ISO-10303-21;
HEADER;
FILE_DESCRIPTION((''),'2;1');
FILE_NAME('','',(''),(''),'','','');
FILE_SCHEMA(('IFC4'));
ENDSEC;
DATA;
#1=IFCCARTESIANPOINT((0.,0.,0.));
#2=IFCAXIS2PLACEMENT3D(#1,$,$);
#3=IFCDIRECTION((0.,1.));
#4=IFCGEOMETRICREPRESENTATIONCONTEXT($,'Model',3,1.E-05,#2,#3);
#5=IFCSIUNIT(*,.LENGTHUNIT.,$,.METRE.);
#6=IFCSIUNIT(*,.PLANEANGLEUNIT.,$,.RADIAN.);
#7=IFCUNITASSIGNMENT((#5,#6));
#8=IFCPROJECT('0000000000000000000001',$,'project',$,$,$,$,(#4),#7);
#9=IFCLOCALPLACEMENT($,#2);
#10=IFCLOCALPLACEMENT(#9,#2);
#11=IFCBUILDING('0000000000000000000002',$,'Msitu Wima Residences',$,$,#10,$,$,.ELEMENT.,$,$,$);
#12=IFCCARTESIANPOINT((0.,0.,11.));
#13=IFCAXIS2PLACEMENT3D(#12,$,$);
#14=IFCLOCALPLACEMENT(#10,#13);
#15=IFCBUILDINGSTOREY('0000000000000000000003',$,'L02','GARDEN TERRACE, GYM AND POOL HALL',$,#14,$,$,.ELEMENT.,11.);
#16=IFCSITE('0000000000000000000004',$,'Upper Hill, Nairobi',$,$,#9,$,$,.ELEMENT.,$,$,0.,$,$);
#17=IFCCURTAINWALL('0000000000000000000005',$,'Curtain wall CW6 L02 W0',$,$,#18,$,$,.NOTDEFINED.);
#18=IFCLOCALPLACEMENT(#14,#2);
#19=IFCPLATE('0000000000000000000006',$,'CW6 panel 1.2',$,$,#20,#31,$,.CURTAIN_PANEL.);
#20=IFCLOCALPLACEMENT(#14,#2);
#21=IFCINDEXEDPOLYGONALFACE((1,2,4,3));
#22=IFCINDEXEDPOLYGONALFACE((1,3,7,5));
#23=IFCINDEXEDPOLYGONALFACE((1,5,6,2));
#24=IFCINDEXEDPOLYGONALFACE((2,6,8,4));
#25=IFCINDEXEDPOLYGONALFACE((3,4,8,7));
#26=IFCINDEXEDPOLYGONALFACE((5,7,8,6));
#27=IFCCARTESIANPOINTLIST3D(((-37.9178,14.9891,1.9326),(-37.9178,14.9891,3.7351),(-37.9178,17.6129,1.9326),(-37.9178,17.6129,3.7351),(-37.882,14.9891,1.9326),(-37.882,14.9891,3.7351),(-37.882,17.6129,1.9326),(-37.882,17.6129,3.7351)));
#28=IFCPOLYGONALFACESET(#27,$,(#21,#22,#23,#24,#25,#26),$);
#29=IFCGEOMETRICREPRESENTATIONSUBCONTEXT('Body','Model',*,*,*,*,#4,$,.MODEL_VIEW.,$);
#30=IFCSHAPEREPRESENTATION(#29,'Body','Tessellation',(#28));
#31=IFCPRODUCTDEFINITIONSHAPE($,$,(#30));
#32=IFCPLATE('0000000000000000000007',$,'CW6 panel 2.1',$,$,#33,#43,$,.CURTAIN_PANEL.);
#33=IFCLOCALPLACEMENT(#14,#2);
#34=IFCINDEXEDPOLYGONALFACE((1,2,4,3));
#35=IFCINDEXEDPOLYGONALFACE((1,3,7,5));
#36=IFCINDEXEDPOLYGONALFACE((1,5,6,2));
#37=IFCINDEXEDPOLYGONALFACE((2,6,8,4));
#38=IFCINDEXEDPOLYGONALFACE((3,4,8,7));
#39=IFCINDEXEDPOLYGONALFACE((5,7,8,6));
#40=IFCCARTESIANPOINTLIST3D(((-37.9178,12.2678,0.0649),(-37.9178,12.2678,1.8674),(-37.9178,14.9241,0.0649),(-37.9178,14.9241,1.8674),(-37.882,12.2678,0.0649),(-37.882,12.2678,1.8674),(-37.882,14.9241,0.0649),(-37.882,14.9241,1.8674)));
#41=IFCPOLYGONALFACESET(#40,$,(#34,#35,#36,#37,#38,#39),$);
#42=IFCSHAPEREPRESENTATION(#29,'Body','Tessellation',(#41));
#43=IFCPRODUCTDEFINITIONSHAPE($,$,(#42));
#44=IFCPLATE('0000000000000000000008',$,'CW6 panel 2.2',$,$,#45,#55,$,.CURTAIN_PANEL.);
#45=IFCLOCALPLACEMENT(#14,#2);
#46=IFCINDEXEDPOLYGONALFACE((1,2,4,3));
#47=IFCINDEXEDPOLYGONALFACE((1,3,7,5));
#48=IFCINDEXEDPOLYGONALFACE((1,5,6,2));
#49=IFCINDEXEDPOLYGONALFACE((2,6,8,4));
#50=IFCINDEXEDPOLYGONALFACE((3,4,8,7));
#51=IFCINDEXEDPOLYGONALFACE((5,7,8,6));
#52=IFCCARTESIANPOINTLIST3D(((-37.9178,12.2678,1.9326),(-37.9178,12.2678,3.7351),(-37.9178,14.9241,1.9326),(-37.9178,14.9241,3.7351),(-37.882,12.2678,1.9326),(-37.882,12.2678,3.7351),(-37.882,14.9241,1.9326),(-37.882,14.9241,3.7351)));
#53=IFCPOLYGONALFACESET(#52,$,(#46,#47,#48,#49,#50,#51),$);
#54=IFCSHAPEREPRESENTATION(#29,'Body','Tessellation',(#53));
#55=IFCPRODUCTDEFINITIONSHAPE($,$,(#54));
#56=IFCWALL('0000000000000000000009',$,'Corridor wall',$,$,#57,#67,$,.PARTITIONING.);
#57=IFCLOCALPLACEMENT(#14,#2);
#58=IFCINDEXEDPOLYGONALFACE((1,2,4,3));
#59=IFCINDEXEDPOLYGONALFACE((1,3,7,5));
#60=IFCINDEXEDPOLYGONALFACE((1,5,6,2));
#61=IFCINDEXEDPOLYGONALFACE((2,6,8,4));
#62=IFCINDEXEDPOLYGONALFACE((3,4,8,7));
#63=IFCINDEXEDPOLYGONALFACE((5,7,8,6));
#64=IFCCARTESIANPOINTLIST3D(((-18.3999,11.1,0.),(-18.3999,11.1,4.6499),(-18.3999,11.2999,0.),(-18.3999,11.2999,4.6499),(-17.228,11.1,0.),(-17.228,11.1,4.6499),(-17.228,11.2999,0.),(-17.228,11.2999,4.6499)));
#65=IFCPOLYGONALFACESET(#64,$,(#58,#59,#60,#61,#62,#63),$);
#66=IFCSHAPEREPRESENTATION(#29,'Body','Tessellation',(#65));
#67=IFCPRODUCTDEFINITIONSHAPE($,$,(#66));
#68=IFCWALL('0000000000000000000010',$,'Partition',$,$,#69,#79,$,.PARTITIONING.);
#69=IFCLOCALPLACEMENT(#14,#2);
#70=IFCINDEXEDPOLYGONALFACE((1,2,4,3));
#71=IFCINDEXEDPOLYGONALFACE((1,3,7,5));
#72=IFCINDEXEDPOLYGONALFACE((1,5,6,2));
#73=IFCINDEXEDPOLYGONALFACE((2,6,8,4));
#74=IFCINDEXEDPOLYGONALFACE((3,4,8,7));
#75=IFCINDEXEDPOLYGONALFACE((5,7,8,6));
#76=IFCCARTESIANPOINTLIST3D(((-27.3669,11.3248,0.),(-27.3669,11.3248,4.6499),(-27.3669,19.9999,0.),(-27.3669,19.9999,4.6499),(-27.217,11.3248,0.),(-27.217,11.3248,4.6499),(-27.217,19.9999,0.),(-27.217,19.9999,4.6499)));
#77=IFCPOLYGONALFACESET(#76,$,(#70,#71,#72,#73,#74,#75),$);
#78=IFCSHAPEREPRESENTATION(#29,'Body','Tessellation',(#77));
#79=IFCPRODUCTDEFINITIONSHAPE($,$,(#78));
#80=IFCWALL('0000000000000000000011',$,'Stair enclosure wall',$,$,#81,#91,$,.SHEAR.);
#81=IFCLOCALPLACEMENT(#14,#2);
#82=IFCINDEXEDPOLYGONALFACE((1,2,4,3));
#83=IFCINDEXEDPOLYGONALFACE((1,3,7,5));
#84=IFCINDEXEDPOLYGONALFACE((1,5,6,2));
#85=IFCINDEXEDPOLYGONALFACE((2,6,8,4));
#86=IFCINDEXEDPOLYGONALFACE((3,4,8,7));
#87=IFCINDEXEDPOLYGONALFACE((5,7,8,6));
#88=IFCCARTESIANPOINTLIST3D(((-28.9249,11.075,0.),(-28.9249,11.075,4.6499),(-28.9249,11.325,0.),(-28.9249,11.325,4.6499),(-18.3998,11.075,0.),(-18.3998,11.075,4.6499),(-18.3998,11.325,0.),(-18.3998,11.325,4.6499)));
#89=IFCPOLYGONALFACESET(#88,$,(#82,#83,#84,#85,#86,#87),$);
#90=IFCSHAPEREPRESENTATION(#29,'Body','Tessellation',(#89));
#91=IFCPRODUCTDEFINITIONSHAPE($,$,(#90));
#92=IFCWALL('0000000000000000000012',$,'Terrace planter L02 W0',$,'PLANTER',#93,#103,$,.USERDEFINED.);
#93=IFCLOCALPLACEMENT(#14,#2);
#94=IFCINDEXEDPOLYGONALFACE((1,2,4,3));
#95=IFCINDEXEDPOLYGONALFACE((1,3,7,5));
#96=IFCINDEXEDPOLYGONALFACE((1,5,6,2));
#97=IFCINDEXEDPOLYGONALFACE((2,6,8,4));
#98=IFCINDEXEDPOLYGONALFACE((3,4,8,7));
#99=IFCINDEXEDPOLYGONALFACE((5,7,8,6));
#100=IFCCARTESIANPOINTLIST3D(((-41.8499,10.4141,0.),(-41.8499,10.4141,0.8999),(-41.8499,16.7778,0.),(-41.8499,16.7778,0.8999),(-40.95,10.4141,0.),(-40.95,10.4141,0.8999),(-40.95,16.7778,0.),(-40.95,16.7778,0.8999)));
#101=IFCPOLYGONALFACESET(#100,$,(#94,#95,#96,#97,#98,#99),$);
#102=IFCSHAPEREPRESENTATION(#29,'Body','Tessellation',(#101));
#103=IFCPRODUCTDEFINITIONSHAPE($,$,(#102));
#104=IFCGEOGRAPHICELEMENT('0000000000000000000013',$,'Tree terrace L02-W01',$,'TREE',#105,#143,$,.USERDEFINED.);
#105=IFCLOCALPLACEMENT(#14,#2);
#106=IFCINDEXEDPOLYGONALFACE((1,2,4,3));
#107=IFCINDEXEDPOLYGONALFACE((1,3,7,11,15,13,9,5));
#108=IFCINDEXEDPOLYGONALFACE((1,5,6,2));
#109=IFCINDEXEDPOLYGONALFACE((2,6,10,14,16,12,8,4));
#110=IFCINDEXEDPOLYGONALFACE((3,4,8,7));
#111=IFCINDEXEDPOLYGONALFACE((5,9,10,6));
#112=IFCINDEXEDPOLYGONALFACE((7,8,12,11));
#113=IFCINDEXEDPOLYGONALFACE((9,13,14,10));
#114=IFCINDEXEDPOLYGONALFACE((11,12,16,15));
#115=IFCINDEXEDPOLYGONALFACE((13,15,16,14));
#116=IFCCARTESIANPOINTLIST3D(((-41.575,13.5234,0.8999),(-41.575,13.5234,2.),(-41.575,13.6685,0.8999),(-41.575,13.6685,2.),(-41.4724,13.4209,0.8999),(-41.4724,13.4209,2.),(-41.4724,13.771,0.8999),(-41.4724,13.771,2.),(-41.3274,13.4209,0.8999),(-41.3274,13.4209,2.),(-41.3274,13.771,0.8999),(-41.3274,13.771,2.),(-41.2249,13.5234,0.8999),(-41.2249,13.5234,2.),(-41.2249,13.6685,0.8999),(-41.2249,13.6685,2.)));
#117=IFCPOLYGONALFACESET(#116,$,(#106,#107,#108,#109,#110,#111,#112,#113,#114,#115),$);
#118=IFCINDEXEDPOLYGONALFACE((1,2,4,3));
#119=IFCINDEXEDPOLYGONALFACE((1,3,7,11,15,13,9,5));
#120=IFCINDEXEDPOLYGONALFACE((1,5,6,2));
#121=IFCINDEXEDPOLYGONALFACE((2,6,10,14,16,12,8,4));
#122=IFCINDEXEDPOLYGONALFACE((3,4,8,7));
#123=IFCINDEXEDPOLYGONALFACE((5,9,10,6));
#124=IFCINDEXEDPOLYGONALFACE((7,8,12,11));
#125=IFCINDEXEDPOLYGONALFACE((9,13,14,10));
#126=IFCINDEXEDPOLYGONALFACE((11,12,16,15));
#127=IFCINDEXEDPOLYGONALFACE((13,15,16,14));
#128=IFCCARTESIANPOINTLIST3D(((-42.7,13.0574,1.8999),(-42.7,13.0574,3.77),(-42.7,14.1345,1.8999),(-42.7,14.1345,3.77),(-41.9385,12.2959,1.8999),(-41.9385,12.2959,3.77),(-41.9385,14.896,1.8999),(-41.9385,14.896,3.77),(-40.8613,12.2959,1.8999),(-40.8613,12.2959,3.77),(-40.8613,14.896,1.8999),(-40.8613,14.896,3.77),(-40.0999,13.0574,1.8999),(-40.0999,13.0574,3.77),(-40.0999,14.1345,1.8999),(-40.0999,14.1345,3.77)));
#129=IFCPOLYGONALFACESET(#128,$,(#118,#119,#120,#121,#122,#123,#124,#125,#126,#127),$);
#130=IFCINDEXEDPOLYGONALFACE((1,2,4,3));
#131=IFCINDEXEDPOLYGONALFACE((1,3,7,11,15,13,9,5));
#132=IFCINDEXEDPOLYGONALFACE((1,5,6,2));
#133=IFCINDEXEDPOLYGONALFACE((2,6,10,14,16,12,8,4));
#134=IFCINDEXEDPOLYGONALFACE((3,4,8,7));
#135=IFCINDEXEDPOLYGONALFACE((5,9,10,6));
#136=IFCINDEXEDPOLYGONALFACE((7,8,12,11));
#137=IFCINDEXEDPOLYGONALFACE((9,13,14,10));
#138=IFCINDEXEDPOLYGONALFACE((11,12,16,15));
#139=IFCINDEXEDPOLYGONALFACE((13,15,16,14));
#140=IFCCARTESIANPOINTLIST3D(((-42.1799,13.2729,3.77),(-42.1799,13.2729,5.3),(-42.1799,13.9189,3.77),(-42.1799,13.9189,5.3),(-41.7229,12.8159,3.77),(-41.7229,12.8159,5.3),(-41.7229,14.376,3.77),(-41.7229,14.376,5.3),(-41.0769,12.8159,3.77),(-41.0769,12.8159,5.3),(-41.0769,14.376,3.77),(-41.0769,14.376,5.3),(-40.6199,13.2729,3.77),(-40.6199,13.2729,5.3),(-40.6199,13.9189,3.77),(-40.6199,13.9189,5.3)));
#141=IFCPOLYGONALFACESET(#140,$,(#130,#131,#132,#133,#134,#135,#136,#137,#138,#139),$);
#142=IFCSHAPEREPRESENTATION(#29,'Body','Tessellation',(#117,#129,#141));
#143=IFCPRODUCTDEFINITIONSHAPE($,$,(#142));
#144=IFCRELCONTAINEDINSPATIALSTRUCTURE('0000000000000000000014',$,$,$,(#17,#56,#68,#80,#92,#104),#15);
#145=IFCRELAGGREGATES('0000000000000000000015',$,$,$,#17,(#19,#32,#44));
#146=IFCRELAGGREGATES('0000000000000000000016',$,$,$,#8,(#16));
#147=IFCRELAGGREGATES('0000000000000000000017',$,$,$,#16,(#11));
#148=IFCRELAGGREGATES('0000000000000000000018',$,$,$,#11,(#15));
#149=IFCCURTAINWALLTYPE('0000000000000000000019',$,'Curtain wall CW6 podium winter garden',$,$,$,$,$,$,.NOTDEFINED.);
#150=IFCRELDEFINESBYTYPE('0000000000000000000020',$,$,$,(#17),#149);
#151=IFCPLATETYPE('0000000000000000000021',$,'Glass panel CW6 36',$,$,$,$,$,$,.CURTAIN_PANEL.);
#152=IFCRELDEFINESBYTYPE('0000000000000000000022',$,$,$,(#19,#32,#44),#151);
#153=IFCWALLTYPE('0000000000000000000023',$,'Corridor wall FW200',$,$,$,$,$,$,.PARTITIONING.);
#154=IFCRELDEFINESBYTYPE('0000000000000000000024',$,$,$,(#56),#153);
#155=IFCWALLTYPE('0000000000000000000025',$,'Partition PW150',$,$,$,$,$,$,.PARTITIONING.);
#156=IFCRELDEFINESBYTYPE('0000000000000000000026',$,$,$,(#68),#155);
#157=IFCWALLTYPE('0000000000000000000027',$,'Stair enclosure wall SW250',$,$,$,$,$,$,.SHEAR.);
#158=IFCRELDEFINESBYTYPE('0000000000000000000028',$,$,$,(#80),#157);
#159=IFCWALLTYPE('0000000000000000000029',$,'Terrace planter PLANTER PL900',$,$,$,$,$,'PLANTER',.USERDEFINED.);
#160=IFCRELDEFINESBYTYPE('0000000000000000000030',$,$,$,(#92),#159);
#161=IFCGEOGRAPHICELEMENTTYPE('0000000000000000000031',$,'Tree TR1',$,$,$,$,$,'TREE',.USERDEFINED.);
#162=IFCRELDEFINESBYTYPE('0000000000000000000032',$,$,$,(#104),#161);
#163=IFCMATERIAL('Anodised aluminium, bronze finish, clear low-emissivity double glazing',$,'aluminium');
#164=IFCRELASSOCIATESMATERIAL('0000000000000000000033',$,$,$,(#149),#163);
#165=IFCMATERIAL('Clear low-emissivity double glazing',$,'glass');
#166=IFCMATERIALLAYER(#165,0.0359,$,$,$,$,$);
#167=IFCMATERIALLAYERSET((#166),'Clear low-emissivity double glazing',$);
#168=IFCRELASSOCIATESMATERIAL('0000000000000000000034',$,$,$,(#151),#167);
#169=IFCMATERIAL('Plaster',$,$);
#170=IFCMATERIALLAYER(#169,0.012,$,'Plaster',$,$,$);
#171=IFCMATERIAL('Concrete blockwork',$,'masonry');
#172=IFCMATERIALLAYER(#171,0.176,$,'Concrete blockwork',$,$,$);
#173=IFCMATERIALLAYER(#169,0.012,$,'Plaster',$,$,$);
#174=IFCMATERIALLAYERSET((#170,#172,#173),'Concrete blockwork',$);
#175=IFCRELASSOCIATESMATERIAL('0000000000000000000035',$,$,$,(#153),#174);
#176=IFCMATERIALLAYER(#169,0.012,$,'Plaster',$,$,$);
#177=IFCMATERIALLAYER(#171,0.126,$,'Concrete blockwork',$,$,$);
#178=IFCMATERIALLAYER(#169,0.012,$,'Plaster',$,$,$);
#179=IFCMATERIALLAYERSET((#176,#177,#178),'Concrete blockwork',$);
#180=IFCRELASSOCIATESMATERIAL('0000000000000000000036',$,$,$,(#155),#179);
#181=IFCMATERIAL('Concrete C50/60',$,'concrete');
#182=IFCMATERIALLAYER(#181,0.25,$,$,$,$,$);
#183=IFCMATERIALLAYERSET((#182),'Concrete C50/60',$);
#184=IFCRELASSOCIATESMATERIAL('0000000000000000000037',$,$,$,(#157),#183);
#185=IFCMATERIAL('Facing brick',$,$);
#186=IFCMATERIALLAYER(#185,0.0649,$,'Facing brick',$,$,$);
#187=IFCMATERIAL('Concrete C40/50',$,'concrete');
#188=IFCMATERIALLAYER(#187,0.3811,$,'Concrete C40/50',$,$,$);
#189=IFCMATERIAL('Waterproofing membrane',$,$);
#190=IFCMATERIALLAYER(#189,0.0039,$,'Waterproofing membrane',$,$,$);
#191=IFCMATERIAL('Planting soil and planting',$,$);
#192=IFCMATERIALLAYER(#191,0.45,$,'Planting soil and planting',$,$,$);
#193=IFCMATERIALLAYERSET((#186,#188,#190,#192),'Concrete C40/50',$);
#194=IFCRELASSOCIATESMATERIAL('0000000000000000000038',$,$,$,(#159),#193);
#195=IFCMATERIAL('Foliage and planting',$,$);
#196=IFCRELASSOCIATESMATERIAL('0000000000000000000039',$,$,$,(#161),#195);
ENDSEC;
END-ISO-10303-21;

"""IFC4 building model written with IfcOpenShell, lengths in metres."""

from ifc_helpers import new_model, si_unit, direction, frame, frame_2d, origin, origin_2d, place, context, subcontext, project, spatial, polyline, rectangle, outline, extrude, material, layer, layer_set, type_object, element, aggregate, save


model = new_model("IFC4")

# Units and contexts
model_context = context("Model", 3, precision=1e-05, world=origin(), true_north=direction((0.0, 1.0)))
body_context = subcontext(model_context, "Body", "Model", "MODEL_VIEW")
ifc_project = project(units=[si_unit("LENGTHUNIT", "METRE"), si_unit("PLANEANGLEUNIT", "RADIAN")], contexts=[model_context])

# Site, building, storey
site_placement = place(None, origin())
site = spatial("IfcSite", under=ifc_project, at=site_placement, Name="Upper Hill, Nairobi", CompositionType="ELEMENT", RefElevation=0.0)
building_placement = place(site_placement, origin())
building = spatial("IfcBuilding", under=site, at=building_placement, Name="Msitu Wima Residences", CompositionType="ELEMENT")
storey_placement = place(building_placement, frame((0.0, 0.0, 11.0)))
storey = spatial("IfcBuildingStorey", under=building, at=storey_placement, Name="L02", Description="GARDEN TERRACE, GYM AND POOL HALL", CompositionType="ELEMENT", Elevation=11.0)

# Curtain wall
ifc_material_1 = material(Name="Anodised aluminium, bronze finish, clear low-emissivity double glazing", Category="aluminium")
curtain_wall_type = type_object("IfcCurtainWallType", Name="Curtain wall CW6 podium winter garden", PredefinedType="NOTDEFINED", material=ifc_material_1)
curtain_wall_placement = place(storey_placement, origin())
curtain_wall = element("IfcCurtainWall", 1, at=curtain_wall_placement, inside=storey, type_object=curtain_wall_type, Name="Curtain wall CW6 L02 W0", PredefinedType="NOTDEFINED")

# Plates
ifc_material_2 = material(Name="Clear low-emissivity double glazing", Category="glass")
ifc_layer_1 = layer(ifc_material_2, 0.0359)
ifc_layer_set_1 = layer_set([ifc_layer_1], Name="Clear low-emissivity double glazing")
plate_type = type_object("IfcPlateType", Name="Glass panel CW6 36", PredefinedType="CURTAIN_PANEL", material=ifc_layer_set_1)
plate_1_placement = place(storey_placement, frame((-37.8999, 16.301, 1.9326), z_axis=(0.0, 0.0, 1.0), x_axis=(0.0, -1.0, 0.0)))
plate_1 = element("IfcPlate", 2, at=plate_1_placement, type_object=plate_type, Name="CW6 panel 1.2", PredefinedType="CURTAIN_PANEL", context=body_context, shape_type="SweptSolid", body=[
    extrude(rectangle(XDim=2.6238, YDim=0.0359, at=origin_2d()), origin(), (0.0, 0.0, 1.0), 1.8025),
])
plate_2_placement = place(storey_placement, frame((-37.8999, 13.5959, 0.0649), z_axis=(0.0, 0.0, 1.0), x_axis=(0.0, -1.0, 0.0)))
plate_2 = element("IfcPlate", 3, at=plate_2_placement, type_object=plate_type, Name="CW6 panel 2.1", PredefinedType="CURTAIN_PANEL", context=body_context, shape_type="SweptSolid", body=[
    extrude(rectangle(XDim=2.6562, YDim=0.0359, at=origin_2d()), origin(), (0.0, 0.0, 1.0), 1.8025),
])
plate_3_placement = place(storey_placement, frame((-37.8999, 13.5959, 1.9326), z_axis=(0.0, 0.0, 1.0), x_axis=(0.0, -1.0, 0.0)))
plate_3 = element("IfcPlate", 4, at=plate_3_placement, type_object=plate_type, Name="CW6 panel 2.2", PredefinedType="CURTAIN_PANEL", context=body_context, shape_type="SweptSolid", body=[
    extrude(rectangle(XDim=2.6562, YDim=0.0359, at=origin_2d()), origin(), (0.0, 0.0, 1.0), 1.8025),
])
aggregate(curtain_wall, [plate_1, plate_2, plate_3])

# Walls
ifc_material_3 = material(Name="Plaster")
ifc_layer_2 = layer(ifc_material_3, 0.012, Name="Plaster")
ifc_material_4 = material(Name="Concrete blockwork", Category="masonry")
ifc_layer_3 = layer(ifc_material_4, 0.176, Name="Concrete blockwork")
ifc_layer_4 = layer(ifc_material_3, 0.012, Name="Plaster")
ifc_layer_set_2 = layer_set([ifc_layer_2, ifc_layer_3, ifc_layer_4], Name="Concrete blockwork")
wall_type_1 = type_object("IfcWallType", Name="Corridor wall FW200", PredefinedType="PARTITIONING", material=ifc_layer_set_2)
wall_1_placement = place(storey_placement, frame((-18.3999, 11.2, 0.0), z_axis=(0.0, 0.0, 1.0), x_axis=(1.0, 0.0, 0.0)))
element("IfcWall", 5, at=wall_1_placement, inside=storey, type_object=wall_type_1, Name="Corridor wall", PredefinedType="PARTITIONING", context=body_context, shape_type="SweptSolid", body=[
    extrude(rectangle(XDim=1.1719, YDim=0.2, at=frame_2d((0.5859, 0.0))), origin(), (0.0, 0.0, 1.0), 4.6499),
])
ifc_layer_5 = layer(ifc_material_3, 0.012, Name="Plaster")
ifc_layer_6 = layer(ifc_material_4, 0.126, Name="Concrete blockwork")
ifc_layer_7 = layer(ifc_material_3, 0.012, Name="Plaster")
ifc_layer_set_3 = layer_set([ifc_layer_5, ifc_layer_6, ifc_layer_7], Name="Concrete blockwork")
wall_type_2 = type_object("IfcWallType", Name="Partition PW150", PredefinedType="PARTITIONING", material=ifc_layer_set_3)
wall_2_placement = place(storey_placement, frame((-27.292, 11.325, 0.0), z_axis=(0.0, 0.0, 1.0), x_axis=(0.0, 1.0, 0.0)))
element("IfcWall", 6, at=wall_2_placement, inside=storey, type_object=wall_type_2, Name="Partition", PredefinedType="PARTITIONING", context=body_context, shape_type="SweptSolid", body=[
    extrude(rectangle(XDim=8.675, YDim=0.1499, at=frame_2d((4.3374, 0.0))), origin(), (0.0, 0.0, 1.0), 4.6499),
])
ifc_material_5 = material(Name="Concrete C50/60", Category="concrete")
ifc_layer_8 = layer(ifc_material_5, 0.25)
ifc_layer_set_4 = layer_set([ifc_layer_8], Name="Concrete C50/60")
wall_type_3 = type_object("IfcWallType", Name="Stair enclosure wall SW250", PredefinedType="SHEAR", material=ifc_layer_set_4)
wall_3_placement = place(storey_placement, frame((-28.925, 11.2, 0.0), z_axis=(0.0, 0.0, 1.0), x_axis=(1.0, 0.0, 0.0)))
element("IfcWall", 7, at=wall_3_placement, inside=storey, type_object=wall_type_3, Name="Stair enclosure wall", PredefinedType="SHEAR", context=body_context, shape_type="SweptSolid", body=[
    extrude(rectangle(XDim=10.5251, YDim=0.25, at=frame_2d((5.2627, 0.0))), origin(), (0.0, 0.0, 1.0), 4.6499),
])
ifc_material_6 = material(Name="Facing brick")
ifc_layer_9 = layer(ifc_material_6, 0.0649, Name="Facing brick")
ifc_material_7 = material(Name="Concrete C40/50", Category="concrete")
ifc_layer_10 = layer(ifc_material_7, 0.3811, Name="Concrete C40/50")
ifc_material_8 = material(Name="Waterproofing membrane")
ifc_layer_11 = layer(ifc_material_8, 0.0039, Name="Waterproofing membrane")
ifc_material_9 = material(Name="Planting soil and planting")
ifc_layer_12 = layer(ifc_material_9, 0.45, Name="Planting soil and planting")
ifc_layer_set_5 = layer_set([ifc_layer_9, ifc_layer_10, ifc_layer_11, ifc_layer_12], Name="Concrete C40/50")
wall_type_4 = type_object("IfcWallType", Name="Terrace planter PLANTER PL900", ElementType="PLANTER", PredefinedType="USERDEFINED", material=ifc_layer_set_5)
wall_4_placement = place(storey_placement, frame((-41.3999, 16.7778, 0.0), z_axis=(0.0, 0.0, 1.0), x_axis=(0.0, -1.0, 0.0)))
element("IfcWall", 8, at=wall_4_placement, inside=storey, type_object=wall_type_4, Name="Terrace planter L02 W0", ObjectType="PLANTER", PredefinedType="USERDEFINED", context=body_context, shape_type="SweptSolid", body=[
    extrude(rectangle(XDim=6.3638, YDim=0.8999, at=frame_2d((3.1819, 0.0))), origin(), (0.0, 0.0, 1.0), 0.8999),
])

# Geographic element
ifc_material_10 = material(Name="Foliage and planting")
geographic_element_type = type_object("IfcGeographicElementType", Name="Tree TR1", ElementType="TREE", PredefinedType="USERDEFINED", material=ifc_material_10)
geographic_element_placement = place(storey_placement, frame((-41.3999, 13.5959, 0.8999), z_axis=(0.0, 0.0, 1.0), x_axis=(1.0, 0.0, 0.0)))
element("IfcGeographicElement", 9, at=geographic_element_placement, inside=storey, type_object=geographic_element_type, Name="Tree terrace L02-W01", ObjectType="TREE", PredefinedType="USERDEFINED", context=body_context, shape_type="SweptSolid", body=[
    extrude(outline(polyline([(0.175, 0.0725), (0.0725, 0.175), (-0.0725, 0.175), (-0.175, 0.0725), (-0.175, -0.0725), (-0.0725, -0.175), (0.0725, -0.175), (0.175, -0.0725), (0.175, 0.0725)])), origin(), (0.0, 0.0, 1.0), 1.1001),
    extrude(outline(polyline([(1.3, 0.5386), (0.5386, 1.3), (-0.5386, 1.3), (-1.3, 0.5386), (-1.3, -0.5386), (-0.5386, -1.3), (0.5386, -1.3), (1.3, -0.5386), (1.3, 0.5386)])), frame((0.0, 0.0, 1.0)), (0.0, 0.0, 1.0), 1.8701),
    extrude(outline(polyline([(0.78, 0.323), (0.323, 0.78), (-0.323, 0.78), (-0.78, 0.323), (-0.78, -0.323), (-0.323, -0.78), (0.323, -0.78), (0.78, -0.323), (0.78, 0.323)])), frame((0.0, 0.0, 2.8701)), (0.0, 0.0, 1.0), 1.53),
])

save(model, "model.ifc")
